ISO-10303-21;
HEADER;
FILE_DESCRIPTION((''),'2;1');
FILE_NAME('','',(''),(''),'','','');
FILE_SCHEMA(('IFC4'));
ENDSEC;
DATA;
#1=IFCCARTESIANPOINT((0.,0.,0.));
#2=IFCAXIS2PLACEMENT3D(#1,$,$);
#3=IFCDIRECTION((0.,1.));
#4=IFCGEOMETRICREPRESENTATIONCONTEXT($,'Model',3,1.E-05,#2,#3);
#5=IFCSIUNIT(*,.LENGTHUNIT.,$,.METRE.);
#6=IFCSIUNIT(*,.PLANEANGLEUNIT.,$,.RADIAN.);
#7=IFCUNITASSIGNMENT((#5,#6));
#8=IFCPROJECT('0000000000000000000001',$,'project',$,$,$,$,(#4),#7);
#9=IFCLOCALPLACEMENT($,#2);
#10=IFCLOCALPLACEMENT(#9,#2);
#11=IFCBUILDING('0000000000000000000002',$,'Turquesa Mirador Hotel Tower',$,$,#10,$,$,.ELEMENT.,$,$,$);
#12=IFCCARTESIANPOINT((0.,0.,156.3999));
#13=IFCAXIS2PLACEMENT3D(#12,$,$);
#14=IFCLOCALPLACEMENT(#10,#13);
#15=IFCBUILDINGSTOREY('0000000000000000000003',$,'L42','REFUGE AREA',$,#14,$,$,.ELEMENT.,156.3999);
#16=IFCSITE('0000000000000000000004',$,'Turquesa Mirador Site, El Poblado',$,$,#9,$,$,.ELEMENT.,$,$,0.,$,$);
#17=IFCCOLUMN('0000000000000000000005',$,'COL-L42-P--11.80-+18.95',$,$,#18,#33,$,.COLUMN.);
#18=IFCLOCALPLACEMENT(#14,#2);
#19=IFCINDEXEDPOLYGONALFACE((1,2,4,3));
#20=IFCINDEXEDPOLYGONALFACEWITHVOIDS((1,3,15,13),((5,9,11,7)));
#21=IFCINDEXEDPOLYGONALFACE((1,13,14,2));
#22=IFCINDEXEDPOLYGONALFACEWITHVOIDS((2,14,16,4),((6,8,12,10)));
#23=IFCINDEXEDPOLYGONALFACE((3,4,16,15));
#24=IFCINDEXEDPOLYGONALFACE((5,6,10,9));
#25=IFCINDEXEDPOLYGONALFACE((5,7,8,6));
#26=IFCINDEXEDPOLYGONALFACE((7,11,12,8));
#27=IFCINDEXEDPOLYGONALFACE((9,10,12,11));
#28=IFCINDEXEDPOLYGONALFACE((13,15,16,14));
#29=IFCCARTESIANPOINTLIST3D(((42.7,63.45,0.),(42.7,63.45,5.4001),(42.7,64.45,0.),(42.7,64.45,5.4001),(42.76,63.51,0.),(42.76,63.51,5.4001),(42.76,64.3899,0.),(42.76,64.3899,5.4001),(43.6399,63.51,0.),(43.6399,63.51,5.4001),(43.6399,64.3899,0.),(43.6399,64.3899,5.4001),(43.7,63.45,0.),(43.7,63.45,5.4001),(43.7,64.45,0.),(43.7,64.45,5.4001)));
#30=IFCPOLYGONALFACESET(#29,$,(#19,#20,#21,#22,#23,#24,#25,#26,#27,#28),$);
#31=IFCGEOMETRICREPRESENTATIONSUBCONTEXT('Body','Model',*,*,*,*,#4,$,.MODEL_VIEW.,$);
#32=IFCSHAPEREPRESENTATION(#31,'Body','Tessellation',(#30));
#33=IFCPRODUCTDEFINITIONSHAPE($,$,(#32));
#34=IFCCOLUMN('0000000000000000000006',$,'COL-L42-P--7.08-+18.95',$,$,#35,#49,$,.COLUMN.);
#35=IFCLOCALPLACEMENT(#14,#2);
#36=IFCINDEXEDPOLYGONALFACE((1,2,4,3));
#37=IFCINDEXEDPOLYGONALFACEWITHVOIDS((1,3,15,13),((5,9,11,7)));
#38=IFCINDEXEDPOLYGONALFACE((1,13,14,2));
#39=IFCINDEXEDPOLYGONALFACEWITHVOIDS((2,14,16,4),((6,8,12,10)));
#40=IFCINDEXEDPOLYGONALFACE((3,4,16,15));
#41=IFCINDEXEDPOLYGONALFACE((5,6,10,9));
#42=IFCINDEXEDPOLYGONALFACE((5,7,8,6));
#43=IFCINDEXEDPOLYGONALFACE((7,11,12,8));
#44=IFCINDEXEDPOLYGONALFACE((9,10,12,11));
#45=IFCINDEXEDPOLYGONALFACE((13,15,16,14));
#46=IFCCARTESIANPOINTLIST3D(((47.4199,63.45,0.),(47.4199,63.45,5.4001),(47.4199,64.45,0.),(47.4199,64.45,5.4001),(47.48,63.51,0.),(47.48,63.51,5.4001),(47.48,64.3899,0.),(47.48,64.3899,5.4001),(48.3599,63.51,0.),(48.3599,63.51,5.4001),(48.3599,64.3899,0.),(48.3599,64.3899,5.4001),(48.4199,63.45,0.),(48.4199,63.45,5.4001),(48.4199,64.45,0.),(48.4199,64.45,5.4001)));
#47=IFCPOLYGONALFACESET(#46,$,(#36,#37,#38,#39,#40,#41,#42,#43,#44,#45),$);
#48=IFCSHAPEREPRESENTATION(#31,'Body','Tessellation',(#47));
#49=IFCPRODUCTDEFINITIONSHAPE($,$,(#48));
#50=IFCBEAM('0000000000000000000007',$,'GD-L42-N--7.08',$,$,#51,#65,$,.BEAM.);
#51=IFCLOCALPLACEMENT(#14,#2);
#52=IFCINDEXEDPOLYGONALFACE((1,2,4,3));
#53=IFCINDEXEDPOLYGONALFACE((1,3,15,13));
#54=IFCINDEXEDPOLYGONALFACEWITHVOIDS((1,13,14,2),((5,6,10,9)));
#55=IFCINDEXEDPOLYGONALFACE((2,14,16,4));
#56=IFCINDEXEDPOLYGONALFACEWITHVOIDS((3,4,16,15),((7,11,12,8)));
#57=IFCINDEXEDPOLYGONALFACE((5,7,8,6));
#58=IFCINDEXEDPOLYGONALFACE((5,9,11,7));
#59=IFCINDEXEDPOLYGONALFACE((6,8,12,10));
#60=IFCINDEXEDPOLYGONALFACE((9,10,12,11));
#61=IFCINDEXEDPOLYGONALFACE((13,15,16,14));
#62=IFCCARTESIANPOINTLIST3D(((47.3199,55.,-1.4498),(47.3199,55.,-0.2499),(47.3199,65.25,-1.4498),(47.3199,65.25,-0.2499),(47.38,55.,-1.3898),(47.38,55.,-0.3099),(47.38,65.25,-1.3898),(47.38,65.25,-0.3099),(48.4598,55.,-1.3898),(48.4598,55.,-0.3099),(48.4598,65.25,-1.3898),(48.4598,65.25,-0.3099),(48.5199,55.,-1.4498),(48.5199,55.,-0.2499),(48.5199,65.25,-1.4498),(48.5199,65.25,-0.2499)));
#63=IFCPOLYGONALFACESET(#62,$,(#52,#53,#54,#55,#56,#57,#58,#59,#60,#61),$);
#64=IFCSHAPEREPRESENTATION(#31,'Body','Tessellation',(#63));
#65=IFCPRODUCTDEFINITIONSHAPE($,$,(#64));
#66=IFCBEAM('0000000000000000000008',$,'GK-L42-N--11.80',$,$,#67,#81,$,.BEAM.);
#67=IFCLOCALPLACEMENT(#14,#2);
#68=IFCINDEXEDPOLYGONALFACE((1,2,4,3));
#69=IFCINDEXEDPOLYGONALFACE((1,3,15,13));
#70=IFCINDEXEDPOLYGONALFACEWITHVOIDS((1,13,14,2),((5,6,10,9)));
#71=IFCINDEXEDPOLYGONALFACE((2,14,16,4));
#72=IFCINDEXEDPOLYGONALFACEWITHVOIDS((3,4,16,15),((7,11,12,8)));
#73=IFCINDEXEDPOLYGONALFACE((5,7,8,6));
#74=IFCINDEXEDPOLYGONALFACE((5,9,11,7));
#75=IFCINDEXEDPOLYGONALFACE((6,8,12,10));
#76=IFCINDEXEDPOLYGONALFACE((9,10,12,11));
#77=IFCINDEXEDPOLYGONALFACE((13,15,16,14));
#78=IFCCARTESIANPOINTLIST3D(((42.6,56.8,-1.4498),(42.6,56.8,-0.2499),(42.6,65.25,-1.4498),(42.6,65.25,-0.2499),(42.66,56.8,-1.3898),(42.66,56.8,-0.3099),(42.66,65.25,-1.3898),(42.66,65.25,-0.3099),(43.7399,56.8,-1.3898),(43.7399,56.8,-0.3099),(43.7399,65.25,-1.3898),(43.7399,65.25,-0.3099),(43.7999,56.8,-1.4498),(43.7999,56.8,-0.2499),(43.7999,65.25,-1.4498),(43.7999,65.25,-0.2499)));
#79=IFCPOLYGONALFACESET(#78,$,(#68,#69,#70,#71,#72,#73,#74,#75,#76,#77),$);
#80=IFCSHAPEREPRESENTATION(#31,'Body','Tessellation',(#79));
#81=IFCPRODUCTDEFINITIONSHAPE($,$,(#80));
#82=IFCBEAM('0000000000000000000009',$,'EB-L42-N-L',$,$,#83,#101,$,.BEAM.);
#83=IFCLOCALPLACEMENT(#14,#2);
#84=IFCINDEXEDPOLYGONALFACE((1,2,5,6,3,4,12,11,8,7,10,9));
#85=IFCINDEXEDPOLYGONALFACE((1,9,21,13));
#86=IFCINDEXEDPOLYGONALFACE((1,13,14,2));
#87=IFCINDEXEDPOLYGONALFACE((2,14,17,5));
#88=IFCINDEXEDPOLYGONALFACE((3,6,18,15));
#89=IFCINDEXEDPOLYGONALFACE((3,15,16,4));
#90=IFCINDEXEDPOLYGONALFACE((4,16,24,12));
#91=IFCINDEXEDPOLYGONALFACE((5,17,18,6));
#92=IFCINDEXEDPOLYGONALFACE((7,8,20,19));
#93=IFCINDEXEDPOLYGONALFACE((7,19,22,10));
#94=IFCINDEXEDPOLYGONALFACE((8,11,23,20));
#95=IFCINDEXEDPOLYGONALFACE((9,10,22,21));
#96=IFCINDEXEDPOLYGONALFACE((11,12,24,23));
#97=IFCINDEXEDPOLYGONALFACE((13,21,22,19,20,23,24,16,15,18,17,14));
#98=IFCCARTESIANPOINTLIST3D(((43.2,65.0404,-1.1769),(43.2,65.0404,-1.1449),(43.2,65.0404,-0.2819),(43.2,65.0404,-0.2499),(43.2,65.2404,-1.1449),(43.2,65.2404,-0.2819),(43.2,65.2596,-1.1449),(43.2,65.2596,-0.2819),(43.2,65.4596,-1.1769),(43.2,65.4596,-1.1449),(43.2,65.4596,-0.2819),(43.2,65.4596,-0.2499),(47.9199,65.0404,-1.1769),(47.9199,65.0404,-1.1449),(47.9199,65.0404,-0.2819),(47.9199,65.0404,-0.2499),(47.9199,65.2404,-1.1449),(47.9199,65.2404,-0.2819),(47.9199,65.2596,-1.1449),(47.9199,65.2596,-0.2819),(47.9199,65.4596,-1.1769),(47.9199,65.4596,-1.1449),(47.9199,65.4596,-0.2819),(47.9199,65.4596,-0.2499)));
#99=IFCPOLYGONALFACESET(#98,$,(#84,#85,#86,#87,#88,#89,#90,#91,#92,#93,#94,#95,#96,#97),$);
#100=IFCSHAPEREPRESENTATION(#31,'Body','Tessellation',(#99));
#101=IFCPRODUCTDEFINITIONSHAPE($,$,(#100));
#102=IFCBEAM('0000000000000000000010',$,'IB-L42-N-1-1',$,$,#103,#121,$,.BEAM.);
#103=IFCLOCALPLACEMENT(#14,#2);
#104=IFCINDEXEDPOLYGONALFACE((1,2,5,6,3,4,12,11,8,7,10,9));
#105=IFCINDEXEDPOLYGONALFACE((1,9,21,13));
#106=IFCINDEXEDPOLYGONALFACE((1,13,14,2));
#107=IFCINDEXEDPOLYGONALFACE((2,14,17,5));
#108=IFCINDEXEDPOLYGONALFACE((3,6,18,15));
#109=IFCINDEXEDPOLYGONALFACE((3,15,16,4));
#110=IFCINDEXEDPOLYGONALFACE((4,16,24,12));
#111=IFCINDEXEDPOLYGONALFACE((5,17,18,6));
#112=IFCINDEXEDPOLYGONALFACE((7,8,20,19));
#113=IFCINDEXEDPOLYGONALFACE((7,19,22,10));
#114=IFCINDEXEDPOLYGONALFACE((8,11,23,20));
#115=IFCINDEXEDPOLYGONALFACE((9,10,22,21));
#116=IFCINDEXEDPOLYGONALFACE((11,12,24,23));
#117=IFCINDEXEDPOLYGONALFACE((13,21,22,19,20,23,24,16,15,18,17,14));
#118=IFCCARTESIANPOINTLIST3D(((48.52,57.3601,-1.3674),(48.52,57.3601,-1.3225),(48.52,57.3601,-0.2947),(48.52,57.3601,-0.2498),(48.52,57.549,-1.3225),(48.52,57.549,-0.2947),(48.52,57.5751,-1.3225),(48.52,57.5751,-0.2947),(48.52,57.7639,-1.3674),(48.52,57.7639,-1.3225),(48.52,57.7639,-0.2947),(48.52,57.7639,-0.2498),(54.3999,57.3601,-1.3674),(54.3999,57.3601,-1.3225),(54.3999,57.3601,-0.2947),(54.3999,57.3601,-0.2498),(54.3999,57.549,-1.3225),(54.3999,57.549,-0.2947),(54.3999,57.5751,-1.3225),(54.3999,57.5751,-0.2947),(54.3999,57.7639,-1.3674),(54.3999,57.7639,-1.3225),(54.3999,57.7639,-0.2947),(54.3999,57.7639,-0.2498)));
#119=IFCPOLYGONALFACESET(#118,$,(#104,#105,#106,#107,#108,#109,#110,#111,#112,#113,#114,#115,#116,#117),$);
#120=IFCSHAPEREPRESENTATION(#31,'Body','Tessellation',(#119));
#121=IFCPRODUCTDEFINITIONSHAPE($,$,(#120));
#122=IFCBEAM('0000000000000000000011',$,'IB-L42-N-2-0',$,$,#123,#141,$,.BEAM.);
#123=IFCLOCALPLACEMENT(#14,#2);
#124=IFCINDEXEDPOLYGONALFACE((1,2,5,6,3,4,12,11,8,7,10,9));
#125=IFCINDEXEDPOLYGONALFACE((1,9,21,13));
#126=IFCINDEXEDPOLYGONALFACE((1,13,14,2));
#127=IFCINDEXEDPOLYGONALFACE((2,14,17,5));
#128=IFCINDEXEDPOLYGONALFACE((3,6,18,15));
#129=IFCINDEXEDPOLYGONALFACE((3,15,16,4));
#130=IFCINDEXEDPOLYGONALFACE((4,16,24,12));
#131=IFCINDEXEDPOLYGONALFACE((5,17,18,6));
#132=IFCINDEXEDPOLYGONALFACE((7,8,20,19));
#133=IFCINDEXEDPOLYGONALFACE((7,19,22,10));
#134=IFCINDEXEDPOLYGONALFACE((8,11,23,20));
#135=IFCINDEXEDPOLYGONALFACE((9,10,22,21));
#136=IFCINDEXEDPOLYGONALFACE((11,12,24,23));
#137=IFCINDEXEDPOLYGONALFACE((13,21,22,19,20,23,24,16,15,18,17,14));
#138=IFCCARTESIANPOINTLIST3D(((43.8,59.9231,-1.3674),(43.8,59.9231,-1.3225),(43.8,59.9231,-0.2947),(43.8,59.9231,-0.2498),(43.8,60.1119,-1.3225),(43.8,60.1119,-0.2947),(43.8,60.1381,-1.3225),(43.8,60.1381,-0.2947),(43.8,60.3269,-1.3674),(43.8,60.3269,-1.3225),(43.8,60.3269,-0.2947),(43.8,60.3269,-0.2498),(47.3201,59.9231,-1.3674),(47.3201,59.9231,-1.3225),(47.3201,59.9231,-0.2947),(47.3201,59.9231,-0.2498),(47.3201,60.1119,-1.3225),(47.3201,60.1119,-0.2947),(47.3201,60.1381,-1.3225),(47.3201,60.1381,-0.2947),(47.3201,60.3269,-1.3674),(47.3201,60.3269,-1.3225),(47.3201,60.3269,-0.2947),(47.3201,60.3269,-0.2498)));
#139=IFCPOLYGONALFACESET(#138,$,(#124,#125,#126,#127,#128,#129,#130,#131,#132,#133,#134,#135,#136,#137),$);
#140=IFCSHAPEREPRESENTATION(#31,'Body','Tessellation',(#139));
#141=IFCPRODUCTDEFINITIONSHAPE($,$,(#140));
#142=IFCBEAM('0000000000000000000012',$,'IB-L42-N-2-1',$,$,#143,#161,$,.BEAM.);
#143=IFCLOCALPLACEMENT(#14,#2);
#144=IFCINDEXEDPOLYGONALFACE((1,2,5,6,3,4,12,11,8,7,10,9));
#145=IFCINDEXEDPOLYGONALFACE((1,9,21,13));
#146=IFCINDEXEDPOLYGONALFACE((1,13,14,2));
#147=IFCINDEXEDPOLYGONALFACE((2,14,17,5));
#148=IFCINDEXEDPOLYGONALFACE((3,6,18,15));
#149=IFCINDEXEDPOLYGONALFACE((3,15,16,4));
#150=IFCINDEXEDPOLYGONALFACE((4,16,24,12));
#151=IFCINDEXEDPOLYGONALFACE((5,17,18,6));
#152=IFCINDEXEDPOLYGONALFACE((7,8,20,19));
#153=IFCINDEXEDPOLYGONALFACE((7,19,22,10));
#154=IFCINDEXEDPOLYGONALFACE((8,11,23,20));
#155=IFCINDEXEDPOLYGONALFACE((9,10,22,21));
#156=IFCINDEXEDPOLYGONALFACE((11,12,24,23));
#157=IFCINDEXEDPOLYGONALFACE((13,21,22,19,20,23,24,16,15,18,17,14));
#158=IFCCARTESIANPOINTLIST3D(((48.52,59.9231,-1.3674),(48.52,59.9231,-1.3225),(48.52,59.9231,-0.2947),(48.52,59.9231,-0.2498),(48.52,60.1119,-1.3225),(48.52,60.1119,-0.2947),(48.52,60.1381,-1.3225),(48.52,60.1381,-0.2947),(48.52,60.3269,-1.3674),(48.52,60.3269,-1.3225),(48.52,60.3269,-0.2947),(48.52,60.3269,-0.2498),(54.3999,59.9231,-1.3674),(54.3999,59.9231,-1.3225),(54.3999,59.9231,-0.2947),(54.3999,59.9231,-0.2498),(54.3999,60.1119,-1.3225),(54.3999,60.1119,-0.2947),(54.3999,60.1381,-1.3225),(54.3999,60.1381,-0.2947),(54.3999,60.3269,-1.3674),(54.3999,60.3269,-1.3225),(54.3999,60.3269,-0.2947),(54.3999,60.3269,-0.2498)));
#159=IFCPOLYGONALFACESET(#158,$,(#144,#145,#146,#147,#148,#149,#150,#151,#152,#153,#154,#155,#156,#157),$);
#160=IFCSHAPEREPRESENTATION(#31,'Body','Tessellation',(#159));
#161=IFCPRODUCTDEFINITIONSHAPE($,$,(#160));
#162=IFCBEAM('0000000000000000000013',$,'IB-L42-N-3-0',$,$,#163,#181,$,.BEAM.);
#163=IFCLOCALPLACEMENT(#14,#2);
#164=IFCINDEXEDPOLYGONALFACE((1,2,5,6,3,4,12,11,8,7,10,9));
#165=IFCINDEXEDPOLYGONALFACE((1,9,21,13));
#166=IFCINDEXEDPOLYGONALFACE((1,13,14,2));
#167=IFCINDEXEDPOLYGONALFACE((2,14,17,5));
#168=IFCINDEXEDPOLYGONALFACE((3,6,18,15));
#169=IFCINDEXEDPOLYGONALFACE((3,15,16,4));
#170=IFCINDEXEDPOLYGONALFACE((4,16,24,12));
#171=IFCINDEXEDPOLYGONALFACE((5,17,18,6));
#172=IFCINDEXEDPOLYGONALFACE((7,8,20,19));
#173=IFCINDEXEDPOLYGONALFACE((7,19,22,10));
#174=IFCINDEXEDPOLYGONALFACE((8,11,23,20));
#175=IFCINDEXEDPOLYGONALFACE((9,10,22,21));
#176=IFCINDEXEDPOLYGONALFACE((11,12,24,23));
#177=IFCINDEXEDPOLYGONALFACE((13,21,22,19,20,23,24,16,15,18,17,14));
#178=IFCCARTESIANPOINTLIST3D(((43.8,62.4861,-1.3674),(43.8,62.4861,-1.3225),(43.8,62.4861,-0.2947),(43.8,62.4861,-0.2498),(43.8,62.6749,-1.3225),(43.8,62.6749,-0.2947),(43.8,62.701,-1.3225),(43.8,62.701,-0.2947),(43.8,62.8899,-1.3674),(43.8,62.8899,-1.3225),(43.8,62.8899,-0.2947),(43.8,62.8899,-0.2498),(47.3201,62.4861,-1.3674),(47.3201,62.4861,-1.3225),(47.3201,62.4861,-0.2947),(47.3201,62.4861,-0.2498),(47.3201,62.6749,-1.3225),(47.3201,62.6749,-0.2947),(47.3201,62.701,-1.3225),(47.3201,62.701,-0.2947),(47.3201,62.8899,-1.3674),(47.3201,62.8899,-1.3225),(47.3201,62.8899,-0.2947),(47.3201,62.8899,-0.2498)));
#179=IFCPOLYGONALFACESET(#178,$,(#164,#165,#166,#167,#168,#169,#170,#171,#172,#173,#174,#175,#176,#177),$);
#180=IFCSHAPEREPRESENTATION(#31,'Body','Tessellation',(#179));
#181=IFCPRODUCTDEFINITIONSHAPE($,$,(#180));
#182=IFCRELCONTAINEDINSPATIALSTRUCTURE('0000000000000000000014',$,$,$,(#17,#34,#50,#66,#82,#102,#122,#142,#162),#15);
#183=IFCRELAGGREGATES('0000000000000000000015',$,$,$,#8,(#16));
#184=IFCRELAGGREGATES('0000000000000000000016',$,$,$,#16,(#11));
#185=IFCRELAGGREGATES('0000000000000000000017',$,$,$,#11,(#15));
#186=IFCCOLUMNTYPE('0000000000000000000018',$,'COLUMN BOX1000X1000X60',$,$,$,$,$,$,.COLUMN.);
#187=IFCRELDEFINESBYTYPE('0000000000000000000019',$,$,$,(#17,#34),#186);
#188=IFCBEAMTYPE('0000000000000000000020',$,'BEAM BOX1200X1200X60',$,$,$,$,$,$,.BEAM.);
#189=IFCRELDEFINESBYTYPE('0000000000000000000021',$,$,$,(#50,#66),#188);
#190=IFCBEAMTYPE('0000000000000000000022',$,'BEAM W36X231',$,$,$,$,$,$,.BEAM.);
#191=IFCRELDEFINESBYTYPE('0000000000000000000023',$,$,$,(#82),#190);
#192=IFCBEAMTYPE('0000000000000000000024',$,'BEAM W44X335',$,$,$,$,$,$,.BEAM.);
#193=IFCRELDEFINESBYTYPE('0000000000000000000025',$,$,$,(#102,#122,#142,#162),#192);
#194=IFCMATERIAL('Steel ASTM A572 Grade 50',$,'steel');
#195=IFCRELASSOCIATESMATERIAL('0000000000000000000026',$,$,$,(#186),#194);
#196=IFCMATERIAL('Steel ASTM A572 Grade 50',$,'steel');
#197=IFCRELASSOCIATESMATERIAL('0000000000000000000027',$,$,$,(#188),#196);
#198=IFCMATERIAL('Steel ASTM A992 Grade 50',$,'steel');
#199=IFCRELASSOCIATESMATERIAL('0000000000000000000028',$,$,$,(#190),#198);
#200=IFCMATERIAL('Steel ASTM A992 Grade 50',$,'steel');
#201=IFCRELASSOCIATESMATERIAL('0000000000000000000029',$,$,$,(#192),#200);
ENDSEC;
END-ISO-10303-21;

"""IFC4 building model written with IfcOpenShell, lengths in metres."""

from ifc_helpers import new_model, si_unit, direction, frame, origin, origin_2d, place, context, subcontext, project, spatial, hollow_rectangle, i_section, extrude, material, material_profile, profile_set, type_object, element, save


model = new_model("IFC4")

# Units and contexts
model_context = context("Model", 3, precision=1e-05, world=origin(), true_north=direction((0.0, 1.0)))
body_context = subcontext(model_context, "Body", "Model", "MODEL_VIEW")
ifc_project = project(units=[si_unit("LENGTHUNIT", "METRE"), si_unit("PLANEANGLEUNIT", "RADIAN")], contexts=[model_context])

# Site, building, storey
site_placement = place(None, origin())
site = spatial("IfcSite", under=ifc_project, at=site_placement, Name="Turquesa Mirador Site, El Poblado", CompositionType="ELEMENT", RefElevation=0.0)
building_placement = place(site_placement, origin())
building = spatial("IfcBuilding", under=site, at=building_placement, Name="Turquesa Mirador Hotel Tower", CompositionType="ELEMENT")
storey_placement = place(building_placement, frame((0.0, 0.0, 156.3999)))
storey = spatial("IfcBuildingStorey", under=building, at=storey_placement, Name="L42", Description="REFUGE AREA", CompositionType="ELEMENT", Elevation=156.3999)

# Columns
ifc_material_1 = material(Name="Steel ASTM A572 Grade 50", Category="steel")
ifc_material_profile_1 = material_profile(ifc_material_1, hollow_rectangle(XDim=1.0, YDim=1.0, WallThickness=0.0601, at=origin_2d()), Name="BOX1000X1000X60")
ifc_profile_set_1 = profile_set([ifc_material_profile_1], Name="Steel ASTM A572 Grade 50")
column_type = type_object("IfcColumnType", Name="COLUMN BOX1000X1000X60", PredefinedType="COLUMN", material=ifc_profile_set_1)
for number, where, z_axis, x_axis, name in (
    (1, (43.2, 63.95, 0.0), (0.0, 0.0, 1.0), (1.0, 0.0, 0.0), "COL-L42-P--11.80-+18.95"),
    (2, (47.9199, 63.95, 0.0), (0.0, 0.0, 1.0), (1.0, 0.0, 0.0), "COL-L42-P--7.08-+18.95"),
):
    element("IfcColumn", number, at=place(storey_placement, frame(where, z_axis=z_axis, x_axis=x_axis)), inside=storey, type_object=column_type, Name=name, PredefinedType="COLUMN", context=body_context, shape_type="SweptSolid", body=[
        extrude(hollow_rectangle(XDim=1.0, YDim=1.0, WallThickness=0.0601, at=origin_2d()), origin(), (0.0, 0.0, 1.0), 5.4001),
    ])

# Beams
ifc_material_2 = material(Name="Steel ASTM A572 Grade 50", Category="steel")
ifc_material_profile_2 = material_profile(ifc_material_2, hollow_rectangle(XDim=1.2, YDim=1.2, WallThickness=0.0601, at=origin_2d()), Name="BOX1200X1200X60")
ifc_profile_set_2 = profile_set([ifc_material_profile_2], Name="Steel ASTM A572 Grade 50")
beam_type_1 = type_object("IfcBeamType", Name="BEAM BOX1200X1200X60", PredefinedType="BEAM", material=ifc_profile_set_2)
beam_1_placement = place(storey_placement, frame((47.9199, 65.25, -0.8499), z_axis=(0.0, -1.0, 0.0), x_axis=(1.0, 0.0, 0.0)))
element("IfcBeam", 3, at=beam_1_placement, inside=storey, type_object=beam_type_1, Name="GD-L42-N--7.08", PredefinedType="BEAM", context=body_context, shape_type="SweptSolid", body=[
    extrude(hollow_rectangle(XDim=1.2, YDim=1.2, WallThickness=0.0601, at=origin_2d()), origin(), (0.0, 0.0, 1.0), 10.25),
])
beam_2_placement = place(storey_placement, frame((43.2, 65.25, -0.8499), z_axis=(0.0, -1.0, 0.0), x_axis=(1.0, 0.0, 0.0)))
element("IfcBeam", 4, at=beam_2_placement, inside=storey, type_object=beam_type_1, Name="GK-L42-N--11.80", PredefinedType="BEAM", context=body_context, shape_type="SweptSolid", body=[
    extrude(hollow_rectangle(XDim=1.2, YDim=1.2, WallThickness=0.0601, at=origin_2d()), origin(), (0.0, 0.0, 1.0), 8.45),
])
ifc_material_3 = material(Name="Steel ASTM A992 Grade 50", Category="steel")
ifc_material_profile_3 = material_profile(ifc_material_3, i_section(OverallWidth=0.4192, OverallDepth=0.927, WebThickness=0.0193, FlangeThickness=0.032, at=origin_2d()), Name="W36X231")
ifc_profile_set_3 = profile_set([ifc_material_profile_3], Name="Steel ASTM A992 Grade 50")
beam_type_2 = type_object("IfcBeamType", Name="BEAM W36X231", PredefinedType="BEAM", material=ifc_profile_set_3)
beam_3_placement = place(storey_placement, frame((43.2, 65.25, -0.7134), z_axis=(1.0, 0.0, 0.0), x_axis=(0.0, 1.0, 0.0)))
element("IfcBeam", 5, at=beam_3_placement, inside=storey, type_object=beam_type_2, Name="EB-L42-N-L", PredefinedType="BEAM", context=body_context, shape_type="SweptSolid", body=[
    extrude(i_section(OverallWidth=0.4192, OverallDepth=0.927, WebThickness=0.0193, FlangeThickness=0.032, at=origin_2d()), origin(), (0.0, 0.0, 1.0), 4.72),
])
ifc_material_4 = material(Name="Steel ASTM A992 Grade 50", Category="steel")
ifc_material_profile_4 = material_profile(ifc_material_4, i_section(OverallWidth=0.4038, OverallDepth=1.1177, WebThickness=0.0261, FlangeThickness=0.0449, at=origin_2d()), Name="W44X335")
ifc_profile_set_4 = profile_set([ifc_material_profile_4], Name="Steel ASTM A992 Grade 50")
beam_type_3 = type_object("IfcBeamType", Name="BEAM W44X335", PredefinedType="BEAM", material=ifc_profile_set_4)
beam_4_placement = place(storey_placement, frame((48.52, 57.562, -0.8086), z_axis=(1.0, 0.0, 0.0), x_axis=(0.0, 1.0, 0.0)))
element("IfcBeam", 6, at=beam_4_placement, inside=storey, type_object=beam_type_3, Name="IB-L42-N-1-1", PredefinedType="BEAM", context=body_context, shape_type="SweptSolid", body=[
    extrude(i_section(OverallWidth=0.4038, OverallDepth=1.1177, WebThickness=0.0261, FlangeThickness=0.0449, at=origin_2d()), origin(), (0.0, 0.0, 1.0), 5.8799),
])
beam_5_placement = place(storey_placement, frame((43.8, 60.125, -0.8086), z_axis=(1.0, 0.0, 0.0), x_axis=(0.0, 1.0, 0.0)))
element("IfcBeam", 7, at=beam_5_placement, inside=storey, type_object=beam_type_3, Name="IB-L42-N-2-0", PredefinedType="BEAM", context=body_context, shape_type="SweptSolid", body=[
    extrude(i_section(OverallWidth=0.4038, OverallDepth=1.1177, WebThickness=0.0261, FlangeThickness=0.0449, at=origin_2d()), origin(), (0.0, 0.0, 1.0), 3.52),
])
beam_6_placement = place(storey_placement, frame((48.52, 60.125, -0.8086), z_axis=(1.0, 0.0, 0.0), x_axis=(0.0, 1.0, 0.0)))
element("IfcBeam", 8, at=beam_6_placement, inside=storey, type_object=beam_type_3, Name="IB-L42-N-2-1", PredefinedType="BEAM", context=body_context, shape_type="SweptSolid", body=[
    extrude(i_section(OverallWidth=0.4038, OverallDepth=1.1177, WebThickness=0.0261, FlangeThickness=0.0449, at=origin_2d()), origin(), (0.0, 0.0, 1.0), 5.8799),
])
beam_7_placement = place(storey_placement, frame((43.8, 62.688, -0.8086), z_axis=(1.0, 0.0, 0.0), x_axis=(0.0, 1.0, 0.0)))
element("IfcBeam", 9, at=beam_7_placement, inside=storey, type_object=beam_type_3, Name="IB-L42-N-3-0", PredefinedType="BEAM", context=body_context, shape_type="SweptSolid", body=[
    extrude(i_section(OverallWidth=0.4038, OverallDepth=1.1177, WebThickness=0.0261, FlangeThickness=0.0449, at=origin_2d()), origin(), (0.0, 0.0, 1.0), 3.52),
])

save(model, "model.ifc")
